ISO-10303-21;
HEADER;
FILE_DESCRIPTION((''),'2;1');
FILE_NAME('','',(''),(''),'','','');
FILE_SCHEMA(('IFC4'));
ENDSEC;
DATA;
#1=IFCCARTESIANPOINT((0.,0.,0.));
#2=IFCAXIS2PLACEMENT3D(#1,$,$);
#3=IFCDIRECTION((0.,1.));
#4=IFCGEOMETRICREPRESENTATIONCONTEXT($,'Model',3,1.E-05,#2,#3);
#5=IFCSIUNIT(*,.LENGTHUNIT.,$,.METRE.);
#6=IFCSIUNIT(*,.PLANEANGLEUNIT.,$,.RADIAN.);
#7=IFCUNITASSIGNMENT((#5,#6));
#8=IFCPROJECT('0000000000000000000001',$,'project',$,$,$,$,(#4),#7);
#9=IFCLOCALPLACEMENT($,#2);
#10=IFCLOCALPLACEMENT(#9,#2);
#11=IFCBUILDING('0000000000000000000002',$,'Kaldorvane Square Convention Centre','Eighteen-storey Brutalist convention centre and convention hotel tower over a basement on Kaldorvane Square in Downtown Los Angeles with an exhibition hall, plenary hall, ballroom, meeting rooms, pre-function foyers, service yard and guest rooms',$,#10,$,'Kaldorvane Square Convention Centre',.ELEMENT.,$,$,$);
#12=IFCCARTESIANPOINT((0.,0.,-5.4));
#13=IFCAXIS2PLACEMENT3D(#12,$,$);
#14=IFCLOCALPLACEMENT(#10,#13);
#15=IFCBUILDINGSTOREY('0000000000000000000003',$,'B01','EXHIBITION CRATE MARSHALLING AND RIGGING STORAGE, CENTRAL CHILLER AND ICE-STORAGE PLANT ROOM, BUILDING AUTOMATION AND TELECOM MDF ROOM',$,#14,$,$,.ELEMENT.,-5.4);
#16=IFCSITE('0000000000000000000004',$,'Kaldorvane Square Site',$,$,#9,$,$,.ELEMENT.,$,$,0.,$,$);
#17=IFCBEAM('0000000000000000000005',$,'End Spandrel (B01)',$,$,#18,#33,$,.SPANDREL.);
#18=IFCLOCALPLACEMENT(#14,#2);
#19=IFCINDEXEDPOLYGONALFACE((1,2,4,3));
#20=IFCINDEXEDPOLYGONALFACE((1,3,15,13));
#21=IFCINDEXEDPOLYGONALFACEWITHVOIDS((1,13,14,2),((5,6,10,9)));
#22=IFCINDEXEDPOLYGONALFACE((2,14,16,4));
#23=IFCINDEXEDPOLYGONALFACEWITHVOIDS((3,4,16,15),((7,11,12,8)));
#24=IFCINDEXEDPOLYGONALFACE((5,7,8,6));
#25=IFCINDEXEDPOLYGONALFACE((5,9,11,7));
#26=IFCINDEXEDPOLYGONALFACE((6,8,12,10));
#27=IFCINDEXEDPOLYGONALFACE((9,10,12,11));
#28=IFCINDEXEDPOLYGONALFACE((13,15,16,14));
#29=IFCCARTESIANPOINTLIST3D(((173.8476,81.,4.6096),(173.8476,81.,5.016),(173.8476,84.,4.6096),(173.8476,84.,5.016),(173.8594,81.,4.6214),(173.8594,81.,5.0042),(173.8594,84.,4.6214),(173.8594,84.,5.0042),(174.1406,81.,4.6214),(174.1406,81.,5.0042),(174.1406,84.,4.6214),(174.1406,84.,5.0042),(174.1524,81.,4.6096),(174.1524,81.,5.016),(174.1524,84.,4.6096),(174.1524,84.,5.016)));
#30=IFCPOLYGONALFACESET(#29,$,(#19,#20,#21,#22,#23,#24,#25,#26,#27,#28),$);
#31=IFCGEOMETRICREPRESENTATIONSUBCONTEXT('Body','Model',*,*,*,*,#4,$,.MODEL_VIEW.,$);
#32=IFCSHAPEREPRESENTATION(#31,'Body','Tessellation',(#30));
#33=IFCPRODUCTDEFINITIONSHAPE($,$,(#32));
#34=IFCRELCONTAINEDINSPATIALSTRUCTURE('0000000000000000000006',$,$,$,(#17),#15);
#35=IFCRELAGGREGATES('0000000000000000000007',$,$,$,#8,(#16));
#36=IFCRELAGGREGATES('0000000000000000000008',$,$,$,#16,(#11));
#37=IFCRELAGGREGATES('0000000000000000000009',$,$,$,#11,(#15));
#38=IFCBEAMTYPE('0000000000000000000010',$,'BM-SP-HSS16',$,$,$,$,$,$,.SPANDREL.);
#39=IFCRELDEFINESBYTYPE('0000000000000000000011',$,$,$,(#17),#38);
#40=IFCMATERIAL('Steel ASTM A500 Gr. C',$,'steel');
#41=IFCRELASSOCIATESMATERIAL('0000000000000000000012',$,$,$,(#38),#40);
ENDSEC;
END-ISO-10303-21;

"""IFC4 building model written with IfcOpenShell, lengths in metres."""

from ifc_helpers import new_model, si_unit, direction, frame, origin, origin_2d, place, context, subcontext, project, spatial, hollow_rectangle, extrude, material, material_profile, profile_set, type_object, element, save


model = new_model("IFC4")

# Units and contexts
model_context = context("Model", 3, precision=1e-05, world=origin(), true_north=direction((0.0, 1.0)))
body_context = subcontext(model_context, "Body", "Model", "MODEL_VIEW")
ifc_project = project(units=[si_unit("LENGTHUNIT", "METRE"), si_unit("PLANEANGLEUNIT", "RADIAN")], contexts=[model_context])

# Site, building, storey
site_placement = place(None, origin())
site = spatial("IfcSite", under=ifc_project, at=site_placement, Name="Kaldorvane Square Site", CompositionType="ELEMENT", RefElevation=0.0)
building_placement = place(site_placement, origin())
building = spatial("IfcBuilding", under=site, at=building_placement, Name="Kaldorvane Square Convention Centre", Description="Eighteen-storey Brutalist convention centre and convention hotel tower over a basement on Kaldorvane Square in Downtown Los Angeles with an exhibition hall, plenary hall, ballroom, meeting rooms, pre-function foyers, service yard and guest rooms", LongName="Kaldorvane Square Convention Centre", CompositionType="ELEMENT")
storey_placement = place(building_placement, frame((0.0, 0.0, -5.4)))
storey = spatial("IfcBuildingStorey", under=building, at=storey_placement, Name="B01", Description="EXHIBITION CRATE MARSHALLING AND RIGGING STORAGE, CENTRAL CHILLER AND ICE-STORAGE PLANT ROOM, BUILDING AUTOMATION AND TELECOM MDF ROOM", CompositionType="ELEMENT", Elevation=-5.4)

# Beam
ifc_material_1 = material(Name="Steel ASTM A500 Gr. C", Category="steel")
ifc_material_profile_1 = material_profile(ifc_material_1, hollow_rectangle(XDim=0.3048, YDim=0.4064, WallThickness=0.0118, at=origin_2d()), Name="HSS16X12X1/2")
ifc_profile_set_1 = profile_set([ifc_material_profile_1], Name="Steel ASTM A500 Gr. C")
beam_type_1 = type_object("IfcBeamType", Name="BM-SP-HSS16", PredefinedType="SPANDREL", material=ifc_profile_set_1)
beam_1_placement = place(storey_placement, frame((174.0, 81.0, 4.8128), z_axis=(0.0, 1.0, 0.0), x_axis=(-1.0, 0.0, 0.0)))
element("IfcBeam", 1, at=beam_1_placement, inside=storey, type_object=beam_type_1, Name="End Spandrel (B01)", PredefinedType="SPANDREL", context=body_context, shape_type="SweptSolid", body=[
    extrude(hollow_rectangle(XDim=0.3048, YDim=0.4064, WallThickness=0.0118, at=origin_2d()), origin(), (0.0, 0.0, 1.0), 3.0),
])

save(model, "model.ifc")
